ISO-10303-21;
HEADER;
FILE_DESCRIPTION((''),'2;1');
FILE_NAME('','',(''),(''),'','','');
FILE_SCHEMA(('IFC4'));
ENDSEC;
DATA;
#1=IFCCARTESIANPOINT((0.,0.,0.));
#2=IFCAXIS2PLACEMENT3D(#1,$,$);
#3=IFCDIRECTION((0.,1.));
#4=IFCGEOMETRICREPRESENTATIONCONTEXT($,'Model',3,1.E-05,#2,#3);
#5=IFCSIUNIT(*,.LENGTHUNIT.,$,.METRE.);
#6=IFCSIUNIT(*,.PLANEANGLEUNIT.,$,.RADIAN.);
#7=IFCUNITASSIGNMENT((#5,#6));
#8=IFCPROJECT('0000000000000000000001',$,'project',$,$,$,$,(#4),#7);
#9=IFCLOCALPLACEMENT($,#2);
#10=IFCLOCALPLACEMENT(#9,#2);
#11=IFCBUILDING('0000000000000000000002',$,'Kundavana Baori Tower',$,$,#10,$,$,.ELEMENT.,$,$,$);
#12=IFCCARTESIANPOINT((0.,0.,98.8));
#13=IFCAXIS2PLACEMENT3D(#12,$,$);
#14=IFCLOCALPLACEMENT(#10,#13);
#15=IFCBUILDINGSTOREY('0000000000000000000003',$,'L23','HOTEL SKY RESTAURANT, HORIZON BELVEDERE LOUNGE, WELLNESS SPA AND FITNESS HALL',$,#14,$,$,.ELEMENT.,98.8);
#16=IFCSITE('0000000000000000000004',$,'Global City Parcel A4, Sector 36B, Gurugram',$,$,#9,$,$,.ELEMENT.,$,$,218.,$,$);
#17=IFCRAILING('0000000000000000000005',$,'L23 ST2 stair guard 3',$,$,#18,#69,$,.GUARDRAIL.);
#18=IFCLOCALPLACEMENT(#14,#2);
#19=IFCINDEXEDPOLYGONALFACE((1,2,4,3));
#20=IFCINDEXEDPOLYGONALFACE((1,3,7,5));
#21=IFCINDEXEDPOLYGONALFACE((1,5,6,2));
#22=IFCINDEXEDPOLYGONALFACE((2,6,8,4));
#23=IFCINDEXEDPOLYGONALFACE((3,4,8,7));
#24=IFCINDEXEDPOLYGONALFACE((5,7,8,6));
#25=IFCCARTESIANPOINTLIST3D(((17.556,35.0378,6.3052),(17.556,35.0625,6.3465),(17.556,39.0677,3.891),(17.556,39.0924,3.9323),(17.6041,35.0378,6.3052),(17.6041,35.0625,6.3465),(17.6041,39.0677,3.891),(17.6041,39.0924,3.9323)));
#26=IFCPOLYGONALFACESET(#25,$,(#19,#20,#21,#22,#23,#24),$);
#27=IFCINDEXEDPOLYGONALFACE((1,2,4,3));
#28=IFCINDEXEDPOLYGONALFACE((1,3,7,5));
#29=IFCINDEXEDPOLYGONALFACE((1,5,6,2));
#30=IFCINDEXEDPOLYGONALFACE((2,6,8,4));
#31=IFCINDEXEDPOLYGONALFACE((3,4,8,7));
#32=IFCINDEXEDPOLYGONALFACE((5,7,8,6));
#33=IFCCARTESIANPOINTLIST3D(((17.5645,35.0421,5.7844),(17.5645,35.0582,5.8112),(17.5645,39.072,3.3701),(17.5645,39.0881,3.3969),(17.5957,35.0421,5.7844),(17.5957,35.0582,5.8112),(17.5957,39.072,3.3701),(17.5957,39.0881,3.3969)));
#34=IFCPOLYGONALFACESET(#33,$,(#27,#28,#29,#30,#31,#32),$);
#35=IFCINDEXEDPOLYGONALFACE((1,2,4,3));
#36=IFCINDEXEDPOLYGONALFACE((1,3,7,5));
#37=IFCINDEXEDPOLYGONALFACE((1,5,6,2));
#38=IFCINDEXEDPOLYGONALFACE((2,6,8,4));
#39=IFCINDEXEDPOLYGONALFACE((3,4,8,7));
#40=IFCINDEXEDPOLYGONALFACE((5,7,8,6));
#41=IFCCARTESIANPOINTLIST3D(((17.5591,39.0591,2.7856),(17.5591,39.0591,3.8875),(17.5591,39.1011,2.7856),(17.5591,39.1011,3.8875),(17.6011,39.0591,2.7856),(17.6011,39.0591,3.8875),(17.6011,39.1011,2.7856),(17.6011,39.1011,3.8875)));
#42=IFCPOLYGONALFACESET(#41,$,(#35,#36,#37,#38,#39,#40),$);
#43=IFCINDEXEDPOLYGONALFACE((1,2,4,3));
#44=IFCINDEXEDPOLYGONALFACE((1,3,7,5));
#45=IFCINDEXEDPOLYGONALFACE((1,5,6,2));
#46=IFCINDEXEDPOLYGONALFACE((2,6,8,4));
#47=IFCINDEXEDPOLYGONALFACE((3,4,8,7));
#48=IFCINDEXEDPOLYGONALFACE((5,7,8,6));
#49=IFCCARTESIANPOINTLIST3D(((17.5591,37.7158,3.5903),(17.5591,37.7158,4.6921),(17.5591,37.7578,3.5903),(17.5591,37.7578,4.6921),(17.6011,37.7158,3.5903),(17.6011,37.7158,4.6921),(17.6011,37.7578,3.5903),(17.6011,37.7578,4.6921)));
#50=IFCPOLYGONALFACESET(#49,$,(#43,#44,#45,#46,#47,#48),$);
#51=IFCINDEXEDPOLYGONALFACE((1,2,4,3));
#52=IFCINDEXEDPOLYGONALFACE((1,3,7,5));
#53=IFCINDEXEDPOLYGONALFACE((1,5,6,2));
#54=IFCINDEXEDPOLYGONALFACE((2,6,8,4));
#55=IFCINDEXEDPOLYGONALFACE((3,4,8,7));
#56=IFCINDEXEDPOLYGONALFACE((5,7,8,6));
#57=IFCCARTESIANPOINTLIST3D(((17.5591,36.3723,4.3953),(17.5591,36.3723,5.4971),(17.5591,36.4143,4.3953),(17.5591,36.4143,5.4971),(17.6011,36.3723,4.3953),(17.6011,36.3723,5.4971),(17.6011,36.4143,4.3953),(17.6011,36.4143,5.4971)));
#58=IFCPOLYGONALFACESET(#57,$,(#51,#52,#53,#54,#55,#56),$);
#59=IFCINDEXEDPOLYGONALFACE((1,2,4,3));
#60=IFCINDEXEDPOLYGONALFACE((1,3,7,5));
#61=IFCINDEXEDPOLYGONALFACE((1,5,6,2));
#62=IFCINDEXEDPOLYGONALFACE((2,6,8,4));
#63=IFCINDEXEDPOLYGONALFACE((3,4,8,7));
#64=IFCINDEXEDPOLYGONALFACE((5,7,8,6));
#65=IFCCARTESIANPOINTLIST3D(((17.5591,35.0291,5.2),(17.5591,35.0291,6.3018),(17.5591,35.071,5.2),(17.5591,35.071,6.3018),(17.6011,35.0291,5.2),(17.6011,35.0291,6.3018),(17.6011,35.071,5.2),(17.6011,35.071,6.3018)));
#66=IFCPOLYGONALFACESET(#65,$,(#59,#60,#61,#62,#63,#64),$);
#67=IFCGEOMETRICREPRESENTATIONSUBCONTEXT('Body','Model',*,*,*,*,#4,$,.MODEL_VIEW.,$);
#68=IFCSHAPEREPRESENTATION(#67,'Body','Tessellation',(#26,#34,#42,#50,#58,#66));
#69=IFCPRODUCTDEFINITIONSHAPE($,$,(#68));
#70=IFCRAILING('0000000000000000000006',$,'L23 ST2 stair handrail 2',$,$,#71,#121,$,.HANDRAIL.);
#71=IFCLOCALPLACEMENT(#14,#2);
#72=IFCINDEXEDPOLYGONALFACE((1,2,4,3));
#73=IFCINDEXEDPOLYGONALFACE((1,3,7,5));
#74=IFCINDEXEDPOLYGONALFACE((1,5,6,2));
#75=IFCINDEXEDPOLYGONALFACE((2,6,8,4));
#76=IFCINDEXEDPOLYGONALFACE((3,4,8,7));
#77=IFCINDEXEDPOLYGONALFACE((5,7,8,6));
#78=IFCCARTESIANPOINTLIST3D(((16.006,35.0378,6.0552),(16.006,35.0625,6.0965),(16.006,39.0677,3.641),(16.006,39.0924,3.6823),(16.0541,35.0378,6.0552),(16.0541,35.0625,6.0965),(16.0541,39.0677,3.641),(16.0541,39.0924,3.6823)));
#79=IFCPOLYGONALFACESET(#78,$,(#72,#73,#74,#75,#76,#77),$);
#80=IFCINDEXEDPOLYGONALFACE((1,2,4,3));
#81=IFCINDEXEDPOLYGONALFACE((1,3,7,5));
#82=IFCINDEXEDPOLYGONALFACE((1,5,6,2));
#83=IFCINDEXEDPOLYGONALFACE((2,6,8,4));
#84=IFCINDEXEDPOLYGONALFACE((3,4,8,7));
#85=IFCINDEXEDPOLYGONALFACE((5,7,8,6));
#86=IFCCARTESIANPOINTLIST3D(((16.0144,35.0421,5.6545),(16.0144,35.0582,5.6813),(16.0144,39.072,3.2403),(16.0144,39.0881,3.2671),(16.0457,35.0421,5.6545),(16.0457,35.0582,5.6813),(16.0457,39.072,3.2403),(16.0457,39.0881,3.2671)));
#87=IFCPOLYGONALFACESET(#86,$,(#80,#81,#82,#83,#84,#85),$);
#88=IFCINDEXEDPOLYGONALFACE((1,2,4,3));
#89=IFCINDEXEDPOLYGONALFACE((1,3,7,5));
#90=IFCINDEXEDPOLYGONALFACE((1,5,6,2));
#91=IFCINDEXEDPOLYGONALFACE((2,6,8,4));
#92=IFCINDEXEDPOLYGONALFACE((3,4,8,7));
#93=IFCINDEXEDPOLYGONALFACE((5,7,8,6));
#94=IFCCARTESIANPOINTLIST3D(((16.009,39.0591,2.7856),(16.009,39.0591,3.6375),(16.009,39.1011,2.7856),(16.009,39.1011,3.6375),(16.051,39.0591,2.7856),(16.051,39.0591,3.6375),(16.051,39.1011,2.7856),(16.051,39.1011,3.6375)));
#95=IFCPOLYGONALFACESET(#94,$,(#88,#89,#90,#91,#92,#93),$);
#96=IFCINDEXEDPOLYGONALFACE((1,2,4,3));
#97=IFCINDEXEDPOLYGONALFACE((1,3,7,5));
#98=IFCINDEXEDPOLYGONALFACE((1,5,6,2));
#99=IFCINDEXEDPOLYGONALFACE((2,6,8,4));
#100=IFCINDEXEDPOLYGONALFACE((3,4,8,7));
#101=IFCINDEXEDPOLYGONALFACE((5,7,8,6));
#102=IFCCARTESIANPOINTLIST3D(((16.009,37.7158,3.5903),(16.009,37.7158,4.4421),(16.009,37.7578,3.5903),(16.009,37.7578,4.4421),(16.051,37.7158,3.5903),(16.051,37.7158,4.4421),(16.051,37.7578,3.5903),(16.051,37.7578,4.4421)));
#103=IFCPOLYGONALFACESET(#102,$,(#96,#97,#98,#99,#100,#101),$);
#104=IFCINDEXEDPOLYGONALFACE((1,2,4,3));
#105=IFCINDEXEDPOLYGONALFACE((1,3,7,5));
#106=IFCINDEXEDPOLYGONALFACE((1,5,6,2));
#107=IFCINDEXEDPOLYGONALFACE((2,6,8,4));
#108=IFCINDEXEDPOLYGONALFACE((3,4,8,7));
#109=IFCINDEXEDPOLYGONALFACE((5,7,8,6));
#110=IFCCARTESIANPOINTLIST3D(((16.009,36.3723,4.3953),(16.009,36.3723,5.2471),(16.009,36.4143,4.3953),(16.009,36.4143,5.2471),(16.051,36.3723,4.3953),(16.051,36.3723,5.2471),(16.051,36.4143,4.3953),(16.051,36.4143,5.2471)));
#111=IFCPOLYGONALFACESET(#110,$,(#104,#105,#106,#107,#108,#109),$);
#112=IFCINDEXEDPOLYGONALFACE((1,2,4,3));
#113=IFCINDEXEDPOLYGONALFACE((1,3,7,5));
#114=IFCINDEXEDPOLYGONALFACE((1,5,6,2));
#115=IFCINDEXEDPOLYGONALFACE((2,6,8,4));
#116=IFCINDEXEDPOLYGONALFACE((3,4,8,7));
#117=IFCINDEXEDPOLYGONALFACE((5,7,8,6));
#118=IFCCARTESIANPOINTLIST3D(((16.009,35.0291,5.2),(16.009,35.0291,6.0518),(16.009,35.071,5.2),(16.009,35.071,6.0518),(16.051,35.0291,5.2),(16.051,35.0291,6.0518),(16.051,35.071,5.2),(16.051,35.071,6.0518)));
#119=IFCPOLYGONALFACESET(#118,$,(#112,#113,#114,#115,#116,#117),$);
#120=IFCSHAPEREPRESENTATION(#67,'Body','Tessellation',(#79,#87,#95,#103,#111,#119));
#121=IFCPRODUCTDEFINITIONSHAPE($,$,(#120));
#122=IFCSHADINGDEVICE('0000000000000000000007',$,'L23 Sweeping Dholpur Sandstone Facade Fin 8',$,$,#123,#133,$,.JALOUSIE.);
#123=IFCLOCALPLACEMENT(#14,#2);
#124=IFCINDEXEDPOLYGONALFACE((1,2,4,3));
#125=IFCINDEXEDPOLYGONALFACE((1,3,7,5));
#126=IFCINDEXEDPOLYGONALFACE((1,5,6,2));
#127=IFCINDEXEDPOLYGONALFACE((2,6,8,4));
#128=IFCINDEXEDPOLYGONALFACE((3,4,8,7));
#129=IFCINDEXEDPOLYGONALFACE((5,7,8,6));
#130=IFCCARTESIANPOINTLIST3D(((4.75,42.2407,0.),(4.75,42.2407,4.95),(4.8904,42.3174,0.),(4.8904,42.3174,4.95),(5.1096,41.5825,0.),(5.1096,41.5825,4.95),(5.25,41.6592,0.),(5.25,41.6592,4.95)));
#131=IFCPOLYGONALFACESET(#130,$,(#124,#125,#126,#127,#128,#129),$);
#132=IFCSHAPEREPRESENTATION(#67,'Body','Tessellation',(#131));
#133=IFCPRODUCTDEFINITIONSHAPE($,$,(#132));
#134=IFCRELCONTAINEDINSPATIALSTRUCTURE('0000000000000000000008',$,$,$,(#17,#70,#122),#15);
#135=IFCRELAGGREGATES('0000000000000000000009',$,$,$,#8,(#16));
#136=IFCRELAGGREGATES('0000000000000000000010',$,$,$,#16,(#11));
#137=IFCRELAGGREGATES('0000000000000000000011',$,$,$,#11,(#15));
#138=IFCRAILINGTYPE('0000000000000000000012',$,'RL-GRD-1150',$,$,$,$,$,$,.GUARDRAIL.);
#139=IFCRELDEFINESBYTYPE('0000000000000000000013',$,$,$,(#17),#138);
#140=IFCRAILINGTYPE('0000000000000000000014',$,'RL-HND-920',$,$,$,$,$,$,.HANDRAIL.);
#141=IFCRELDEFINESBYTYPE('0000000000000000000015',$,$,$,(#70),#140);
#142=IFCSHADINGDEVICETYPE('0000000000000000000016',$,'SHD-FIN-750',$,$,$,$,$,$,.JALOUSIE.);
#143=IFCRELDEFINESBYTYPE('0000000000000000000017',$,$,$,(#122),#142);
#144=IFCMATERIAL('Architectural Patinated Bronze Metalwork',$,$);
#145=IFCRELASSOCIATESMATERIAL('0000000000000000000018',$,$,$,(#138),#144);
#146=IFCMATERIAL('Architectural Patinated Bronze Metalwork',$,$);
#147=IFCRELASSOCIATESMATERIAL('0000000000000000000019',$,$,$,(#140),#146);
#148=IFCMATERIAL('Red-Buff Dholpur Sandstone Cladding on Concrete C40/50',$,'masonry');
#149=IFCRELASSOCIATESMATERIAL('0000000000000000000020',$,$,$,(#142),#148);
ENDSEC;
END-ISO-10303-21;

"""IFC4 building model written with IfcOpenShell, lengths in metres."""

from ifc_helpers import new_model, si_unit, direction, frame, origin, origin_2d, place, context, subcontext, project, spatial, rectangle, extrude, material, type_object, element, save


model = new_model("IFC4")

# Units and contexts
model_context = context("Model", 3, precision=1e-05, world=origin(), true_north=direction((0.0, 1.0)))
body_context = subcontext(model_context, "Body", "Model", "MODEL_VIEW")
ifc_project = project(units=[si_unit("LENGTHUNIT", "METRE"), si_unit("PLANEANGLEUNIT", "RADIAN")], contexts=[model_context])

# Site, building, storey
site_placement = place(None, origin())
site = spatial("IfcSite", under=ifc_project, at=site_placement, Name="Global City Parcel A4, Sector 36B, Gurugram", CompositionType="ELEMENT", RefElevation=218.0)
building_placement = place(site_placement, origin())
building = spatial("IfcBuilding", under=site, at=building_placement, Name="Kundavana Baori Tower", CompositionType="ELEMENT")
storey_placement = place(building_placement, frame((0.0, 0.0, 98.8)))
storey = spatial("IfcBuildingStorey", under=building, at=storey_placement, Name="L23", Description="HOTEL SKY RESTAURANT, HORIZON BELVEDERE LOUNGE, WELLNESS SPA AND FITNESS HALL", CompositionType="ELEMENT", Elevation=98.8)

# Railings
ifc_material_1 = material(Name="Architectural Patinated Bronze Metalwork")
railing_type_1 = type_object("IfcRailingType", Name="RL-GRD-1150", PredefinedType="GUARDRAIL", material=ifc_material_1)
railing_1_placement = place(storey_placement, frame((17.5801, 39.0801, 2.7856)))
element("IfcRailing", 1, at=railing_1_placement, inside=storey, type_object=railing_type_1, Name="L23 ST2 stair guard 3", PredefinedType="GUARDRAIL", context=body_context, shape_type="SweptSolid", body=[
    extrude(rectangle(XDim=0.0481, YDim=0.0481, at=origin_2d()), frame((0.0, 0.0, 1.126), z_axis=(0.0, -0.857841, 0.513915), x_axis=(1.0, 0.0, 0.0)), (0.0, 0.0, 1.0), 4.6978),
    extrude(rectangle(XDim=0.0312, YDim=0.0312, at=origin_2d()), frame((0.0, 0.0, 0.5979), z_axis=(0.0, -0.857841, 0.513915), x_axis=(1.0, 0.0, 0.0)), (0.0, 0.0, 1.0), 4.6978),
    extrude(rectangle(XDim=0.042, YDim=0.042, at=origin_2d()), origin(), (0.0, 0.0, 1.0), 1.1018),
    extrude(rectangle(XDim=0.042, YDim=0.042, at=origin_2d()), frame((0.0, -1.3433, 0.8047)), (0.0, 0.0, 1.0), 1.1018),
    extrude(rectangle(XDim=0.042, YDim=0.042, at=origin_2d()), frame((0.0, -2.6868, 1.6096)), (0.0, 0.0, 1.0), 1.1018),
    extrude(rectangle(XDim=0.042, YDim=0.042, at=origin_2d()), frame((0.0, -4.03, 2.4143)), (0.0, 0.0, 1.0), 1.1018),
])
ifc_material_2 = material(Name="Architectural Patinated Bronze Metalwork")
railing_type_2 = type_object("IfcRailingType", Name="RL-HND-920", PredefinedType="HANDRAIL", material=ifc_material_2)
railing_2_placement = place(storey_placement, frame((16.03, 39.0801, 2.7856)))
element("IfcRailing", 2, at=railing_2_placement, inside=storey, type_object=railing_type_2, Name="L23 ST2 stair handrail 2", PredefinedType="HANDRAIL", context=body_context, shape_type="SweptSolid", body=[
    extrude(rectangle(XDim=0.0481, YDim=0.0481, at=origin_2d()), frame((0.0, 0.0, 0.876), z_axis=(0.0, -0.857841, 0.513915), x_axis=(1.0, 0.0, 0.0)), (0.0, 0.0, 1.0), 4.6978),
    extrude(rectangle(XDim=0.0312, YDim=0.0312, at=origin_2d()), frame((0.0, 0.0, 0.468), z_axis=(0.0, -0.857841, 0.513915), x_axis=(1.0, 0.0, 0.0)), (0.0, 0.0, 1.0), 4.6978),
    extrude(rectangle(XDim=0.042, YDim=0.042, at=origin_2d()), origin(), (0.0, 0.0, 1.0), 0.8518),
    extrude(rectangle(XDim=0.042, YDim=0.042, at=origin_2d()), frame((0.0, -1.3433, 0.8047)), (0.0, 0.0, 1.0), 0.8518),
    extrude(rectangle(XDim=0.042, YDim=0.042, at=origin_2d()), frame((0.0, -2.6868, 1.6096)), (0.0, 0.0, 1.0), 0.8518),
    extrude(rectangle(XDim=0.042, YDim=0.042, at=origin_2d()), frame((0.0, -4.03, 2.4143)), (0.0, 0.0, 1.0), 0.8518),
])

# Shading device
ifc_material_3 = material(Name="Red-Buff Dholpur Sandstone Cladding on Concrete C40/50", Category="masonry")
shading_device_type = type_object("IfcShadingDeviceType", Name="SHD-FIN-750", PredefinedType="JALOUSIE", material=ifc_material_3)
shading_device_placement = place(storey_placement, frame((5.0, 41.95, 0.0), z_axis=(0.0, 0.0, 1.0), x_axis=(0.877565, 0.479458, 0.0)))
element("IfcShadingDevice", 3, at=shading_device_placement, inside=storey, type_object=shading_device_type, Name="L23 Sweeping Dholpur Sandstone Facade Fin 8", PredefinedType="JALOUSIE", context=body_context, shape_type="SweptSolid", body=[
    extrude(rectangle(XDim=0.1599, YDim=0.75, at=origin_2d()), origin(), (0.0, 0.0, 1.0), 4.95),
])

save(model, "model.ifc")
